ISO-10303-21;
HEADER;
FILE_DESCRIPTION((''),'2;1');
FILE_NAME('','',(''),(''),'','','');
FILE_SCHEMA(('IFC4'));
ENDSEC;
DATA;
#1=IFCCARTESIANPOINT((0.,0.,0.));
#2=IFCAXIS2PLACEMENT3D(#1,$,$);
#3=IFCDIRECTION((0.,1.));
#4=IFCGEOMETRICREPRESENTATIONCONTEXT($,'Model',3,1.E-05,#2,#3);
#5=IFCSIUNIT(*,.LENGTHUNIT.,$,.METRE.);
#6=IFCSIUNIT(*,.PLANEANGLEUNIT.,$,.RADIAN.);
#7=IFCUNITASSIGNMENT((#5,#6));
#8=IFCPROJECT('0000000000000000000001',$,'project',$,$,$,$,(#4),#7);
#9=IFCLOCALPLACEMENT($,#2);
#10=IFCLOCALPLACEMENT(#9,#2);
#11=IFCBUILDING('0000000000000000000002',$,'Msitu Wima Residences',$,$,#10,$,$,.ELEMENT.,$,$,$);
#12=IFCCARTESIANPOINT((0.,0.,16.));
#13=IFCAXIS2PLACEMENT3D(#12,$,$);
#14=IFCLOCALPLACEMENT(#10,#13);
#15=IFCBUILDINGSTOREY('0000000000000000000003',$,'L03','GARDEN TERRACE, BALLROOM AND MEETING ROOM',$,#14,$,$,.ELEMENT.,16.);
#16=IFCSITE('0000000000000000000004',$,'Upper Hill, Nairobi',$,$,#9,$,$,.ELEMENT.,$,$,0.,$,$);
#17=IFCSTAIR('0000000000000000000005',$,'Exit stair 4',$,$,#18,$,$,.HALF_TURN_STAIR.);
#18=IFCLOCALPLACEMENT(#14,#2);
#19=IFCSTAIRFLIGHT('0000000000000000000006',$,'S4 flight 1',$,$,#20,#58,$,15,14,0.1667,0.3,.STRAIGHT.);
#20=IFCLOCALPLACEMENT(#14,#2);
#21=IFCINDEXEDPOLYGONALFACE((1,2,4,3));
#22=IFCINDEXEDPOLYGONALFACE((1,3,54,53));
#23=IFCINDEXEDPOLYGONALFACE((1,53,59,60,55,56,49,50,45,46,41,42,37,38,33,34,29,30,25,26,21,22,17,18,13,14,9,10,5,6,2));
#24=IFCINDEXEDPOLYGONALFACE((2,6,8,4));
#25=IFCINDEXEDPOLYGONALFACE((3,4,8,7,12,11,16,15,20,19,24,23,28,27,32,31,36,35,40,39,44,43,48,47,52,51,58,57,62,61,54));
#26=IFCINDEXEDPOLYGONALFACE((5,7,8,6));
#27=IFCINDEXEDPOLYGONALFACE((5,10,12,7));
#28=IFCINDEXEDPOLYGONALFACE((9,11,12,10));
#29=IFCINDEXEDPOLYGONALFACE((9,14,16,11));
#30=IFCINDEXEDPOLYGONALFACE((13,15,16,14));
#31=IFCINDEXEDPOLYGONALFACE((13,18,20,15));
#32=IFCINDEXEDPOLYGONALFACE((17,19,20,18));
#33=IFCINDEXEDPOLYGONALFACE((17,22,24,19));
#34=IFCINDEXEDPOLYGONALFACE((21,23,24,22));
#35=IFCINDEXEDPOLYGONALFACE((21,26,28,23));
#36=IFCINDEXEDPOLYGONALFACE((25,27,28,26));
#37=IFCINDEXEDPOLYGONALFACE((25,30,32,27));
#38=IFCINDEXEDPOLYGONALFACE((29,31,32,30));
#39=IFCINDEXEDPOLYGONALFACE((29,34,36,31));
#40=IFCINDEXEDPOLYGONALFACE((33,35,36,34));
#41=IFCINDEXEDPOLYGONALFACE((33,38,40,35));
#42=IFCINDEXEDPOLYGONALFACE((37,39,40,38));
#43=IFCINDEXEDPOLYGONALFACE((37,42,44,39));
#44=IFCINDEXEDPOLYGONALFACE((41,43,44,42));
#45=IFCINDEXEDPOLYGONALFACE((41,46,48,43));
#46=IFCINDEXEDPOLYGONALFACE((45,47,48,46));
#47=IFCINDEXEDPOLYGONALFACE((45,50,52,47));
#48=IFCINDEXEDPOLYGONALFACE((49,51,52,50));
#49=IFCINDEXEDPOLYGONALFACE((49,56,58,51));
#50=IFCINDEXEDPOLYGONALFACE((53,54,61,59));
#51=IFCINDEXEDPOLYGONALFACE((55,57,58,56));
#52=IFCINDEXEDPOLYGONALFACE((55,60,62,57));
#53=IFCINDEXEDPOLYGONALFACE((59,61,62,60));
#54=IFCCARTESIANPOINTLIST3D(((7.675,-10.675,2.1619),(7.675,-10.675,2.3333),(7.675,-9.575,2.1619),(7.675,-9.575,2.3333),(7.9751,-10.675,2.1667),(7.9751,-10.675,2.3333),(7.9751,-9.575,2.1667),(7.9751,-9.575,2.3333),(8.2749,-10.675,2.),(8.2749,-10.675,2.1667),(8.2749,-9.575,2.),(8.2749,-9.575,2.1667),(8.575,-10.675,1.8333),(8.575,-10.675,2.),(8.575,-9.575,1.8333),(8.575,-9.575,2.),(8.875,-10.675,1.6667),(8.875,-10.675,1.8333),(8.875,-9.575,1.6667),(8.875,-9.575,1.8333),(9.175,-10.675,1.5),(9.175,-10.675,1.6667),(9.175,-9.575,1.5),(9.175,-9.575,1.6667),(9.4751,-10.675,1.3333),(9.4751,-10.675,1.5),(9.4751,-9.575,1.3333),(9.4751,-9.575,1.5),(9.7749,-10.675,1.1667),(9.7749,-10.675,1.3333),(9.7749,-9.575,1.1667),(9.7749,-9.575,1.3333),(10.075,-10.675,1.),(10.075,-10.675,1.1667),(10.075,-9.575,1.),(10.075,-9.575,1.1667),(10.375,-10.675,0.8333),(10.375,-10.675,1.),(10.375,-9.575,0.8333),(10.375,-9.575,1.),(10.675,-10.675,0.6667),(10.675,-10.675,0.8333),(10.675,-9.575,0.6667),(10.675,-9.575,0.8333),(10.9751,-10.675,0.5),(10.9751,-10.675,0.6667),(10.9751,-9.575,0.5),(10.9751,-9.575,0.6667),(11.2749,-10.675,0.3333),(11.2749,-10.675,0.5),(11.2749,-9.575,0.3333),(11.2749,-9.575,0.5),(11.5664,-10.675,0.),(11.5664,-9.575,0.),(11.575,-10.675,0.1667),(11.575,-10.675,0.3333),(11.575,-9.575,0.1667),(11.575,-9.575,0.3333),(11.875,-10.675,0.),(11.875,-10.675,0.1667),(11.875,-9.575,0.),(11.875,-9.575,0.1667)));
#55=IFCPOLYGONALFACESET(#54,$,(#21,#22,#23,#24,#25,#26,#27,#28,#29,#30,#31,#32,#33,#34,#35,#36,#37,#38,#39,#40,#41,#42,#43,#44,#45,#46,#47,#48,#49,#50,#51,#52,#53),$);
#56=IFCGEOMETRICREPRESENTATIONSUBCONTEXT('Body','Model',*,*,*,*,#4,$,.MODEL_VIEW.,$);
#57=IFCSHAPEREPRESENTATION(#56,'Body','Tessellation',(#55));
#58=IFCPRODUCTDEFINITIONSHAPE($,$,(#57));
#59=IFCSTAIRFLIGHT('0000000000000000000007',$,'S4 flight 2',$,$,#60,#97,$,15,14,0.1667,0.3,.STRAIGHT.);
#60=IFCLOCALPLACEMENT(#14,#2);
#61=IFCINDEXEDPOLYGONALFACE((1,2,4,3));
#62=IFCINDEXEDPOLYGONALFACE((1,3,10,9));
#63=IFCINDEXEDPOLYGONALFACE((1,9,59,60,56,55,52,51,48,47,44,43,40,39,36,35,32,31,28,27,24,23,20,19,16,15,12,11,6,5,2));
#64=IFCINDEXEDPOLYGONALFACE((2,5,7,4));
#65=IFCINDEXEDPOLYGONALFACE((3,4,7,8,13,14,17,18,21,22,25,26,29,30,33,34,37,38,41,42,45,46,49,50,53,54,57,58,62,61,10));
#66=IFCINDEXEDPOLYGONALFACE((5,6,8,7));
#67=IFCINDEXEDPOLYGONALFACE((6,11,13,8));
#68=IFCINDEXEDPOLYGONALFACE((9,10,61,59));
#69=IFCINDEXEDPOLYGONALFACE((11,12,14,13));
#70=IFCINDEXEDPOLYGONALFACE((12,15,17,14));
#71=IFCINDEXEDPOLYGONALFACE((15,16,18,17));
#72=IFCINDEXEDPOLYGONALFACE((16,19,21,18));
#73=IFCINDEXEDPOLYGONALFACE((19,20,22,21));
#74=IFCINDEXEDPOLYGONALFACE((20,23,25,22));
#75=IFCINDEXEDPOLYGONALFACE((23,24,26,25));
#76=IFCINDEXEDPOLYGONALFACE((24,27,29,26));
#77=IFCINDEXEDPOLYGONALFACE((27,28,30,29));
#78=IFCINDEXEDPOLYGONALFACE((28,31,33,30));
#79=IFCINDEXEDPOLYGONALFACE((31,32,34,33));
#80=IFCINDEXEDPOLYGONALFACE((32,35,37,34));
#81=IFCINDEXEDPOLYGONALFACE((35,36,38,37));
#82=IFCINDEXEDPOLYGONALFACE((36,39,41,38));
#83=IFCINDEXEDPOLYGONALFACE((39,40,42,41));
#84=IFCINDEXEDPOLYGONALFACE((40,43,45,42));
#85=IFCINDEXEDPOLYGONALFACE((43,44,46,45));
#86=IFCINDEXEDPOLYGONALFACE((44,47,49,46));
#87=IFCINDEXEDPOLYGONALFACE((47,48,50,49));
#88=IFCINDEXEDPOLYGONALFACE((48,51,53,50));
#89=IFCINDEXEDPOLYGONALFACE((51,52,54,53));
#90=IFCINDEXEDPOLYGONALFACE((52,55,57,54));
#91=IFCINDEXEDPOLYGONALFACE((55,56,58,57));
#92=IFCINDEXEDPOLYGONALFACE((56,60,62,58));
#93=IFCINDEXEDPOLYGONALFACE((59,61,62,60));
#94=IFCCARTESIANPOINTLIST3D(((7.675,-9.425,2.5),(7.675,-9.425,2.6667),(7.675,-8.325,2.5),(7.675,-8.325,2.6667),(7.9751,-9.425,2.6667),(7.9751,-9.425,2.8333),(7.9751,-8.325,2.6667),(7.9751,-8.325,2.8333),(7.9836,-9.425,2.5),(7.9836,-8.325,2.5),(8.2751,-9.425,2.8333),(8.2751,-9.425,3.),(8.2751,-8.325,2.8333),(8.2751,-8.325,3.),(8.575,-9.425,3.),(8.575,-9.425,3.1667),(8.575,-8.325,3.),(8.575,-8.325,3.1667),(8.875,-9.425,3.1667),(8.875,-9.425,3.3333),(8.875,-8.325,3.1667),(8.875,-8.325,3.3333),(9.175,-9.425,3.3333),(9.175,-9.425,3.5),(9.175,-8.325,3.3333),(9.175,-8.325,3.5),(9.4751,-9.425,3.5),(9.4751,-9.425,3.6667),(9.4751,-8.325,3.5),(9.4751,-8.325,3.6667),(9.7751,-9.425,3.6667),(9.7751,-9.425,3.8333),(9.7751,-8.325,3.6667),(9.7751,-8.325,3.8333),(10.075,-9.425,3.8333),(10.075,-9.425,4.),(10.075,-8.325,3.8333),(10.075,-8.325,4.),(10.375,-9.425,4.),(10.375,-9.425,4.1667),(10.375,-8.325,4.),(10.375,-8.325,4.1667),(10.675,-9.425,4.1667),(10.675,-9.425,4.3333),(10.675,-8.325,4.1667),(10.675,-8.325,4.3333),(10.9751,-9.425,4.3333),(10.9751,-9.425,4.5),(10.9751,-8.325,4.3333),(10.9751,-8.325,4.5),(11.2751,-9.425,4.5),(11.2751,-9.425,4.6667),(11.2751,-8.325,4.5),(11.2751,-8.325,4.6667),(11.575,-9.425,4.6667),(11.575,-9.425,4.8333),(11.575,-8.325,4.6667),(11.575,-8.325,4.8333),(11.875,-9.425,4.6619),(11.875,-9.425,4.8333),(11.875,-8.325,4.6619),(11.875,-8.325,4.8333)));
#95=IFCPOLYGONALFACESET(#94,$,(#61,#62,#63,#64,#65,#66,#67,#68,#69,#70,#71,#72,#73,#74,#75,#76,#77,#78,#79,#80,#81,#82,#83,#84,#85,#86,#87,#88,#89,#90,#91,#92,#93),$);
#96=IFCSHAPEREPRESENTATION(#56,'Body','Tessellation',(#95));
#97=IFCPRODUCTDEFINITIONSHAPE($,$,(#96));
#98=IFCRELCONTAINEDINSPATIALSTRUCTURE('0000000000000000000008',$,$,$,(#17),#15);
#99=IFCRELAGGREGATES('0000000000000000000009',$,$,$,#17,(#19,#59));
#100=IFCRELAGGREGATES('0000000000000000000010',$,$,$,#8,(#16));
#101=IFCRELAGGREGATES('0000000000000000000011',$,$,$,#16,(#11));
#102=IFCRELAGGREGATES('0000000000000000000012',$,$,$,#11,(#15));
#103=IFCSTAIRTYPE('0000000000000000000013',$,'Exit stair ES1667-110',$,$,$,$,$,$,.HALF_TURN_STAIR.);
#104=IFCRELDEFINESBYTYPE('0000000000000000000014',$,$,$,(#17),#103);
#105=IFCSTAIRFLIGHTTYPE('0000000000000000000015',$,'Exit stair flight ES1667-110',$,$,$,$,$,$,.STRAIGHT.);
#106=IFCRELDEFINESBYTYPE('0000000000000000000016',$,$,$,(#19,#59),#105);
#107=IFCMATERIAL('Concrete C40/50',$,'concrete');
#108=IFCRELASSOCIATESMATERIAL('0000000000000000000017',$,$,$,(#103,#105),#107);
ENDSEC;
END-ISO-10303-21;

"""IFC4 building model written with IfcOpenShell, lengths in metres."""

from ifc_helpers import new_model, si_unit, direction, frame, origin, place, context, subcontext, project, spatial, polyline, outline, extrude, material, type_object, element, aggregate, save


model = new_model("IFC4")

# Units and contexts
model_context = context("Model", 3, precision=1e-05, world=origin(), true_north=direction((0.0, 1.0)))
body_context = subcontext(model_context, "Body", "Model", "MODEL_VIEW")
ifc_project = project(units=[si_unit("LENGTHUNIT", "METRE"), si_unit("PLANEANGLEUNIT", "RADIAN")], contexts=[model_context])

# Site, building, storey
site_placement = place(None, origin())
site = spatial("IfcSite", under=ifc_project, at=site_placement, Name="Upper Hill, Nairobi", CompositionType="ELEMENT", RefElevation=0.0)
building_placement = place(site_placement, origin())
building = spatial("IfcBuilding", under=site, at=building_placement, Name="Msitu Wima Residences", CompositionType="ELEMENT")
storey_placement = place(building_placement, frame((0.0, 0.0, 16.0)))
storey = spatial("IfcBuildingStorey", under=building, at=storey_placement, Name="L03", Description="GARDEN TERRACE, BALLROOM AND MEETING ROOM", CompositionType="ELEMENT", Elevation=16.0)

# Shared definitions
ifc_material_1 = material(Name="Concrete C40/50", Category="concrete")

# Stair, stair flights
stair_type_1 = type_object("IfcStairType", Name="Exit stair ES1667-110", PredefinedType="HALF_TURN_STAIR", material=ifc_material_1)
stair_1_placement = place(storey_placement, origin())
stair_1 = element("IfcStair", 1, at=stair_1_placement, inside=storey, type_object=stair_type_1, Name="Exit stair 4", PredefinedType="HALF_TURN_STAIR")
stair_flight_type = type_object("IfcStairFlightType", Name="Exit stair flight ES1667-110", PredefinedType="STRAIGHT", material=ifc_material_1)
stair_flight_1_placement = place(storey_placement, frame((11.875, -10.125, 0.0), z_axis=(0.0, 0.0, 1.0), x_axis=(-1.0, 0.0, 0.0)))
stair_flight_1 = element("IfcStairFlight", 2, at=stair_flight_1_placement, type_object=stair_flight_type, Name="S4 flight 1", NumberOfRisers=15, NumberOfTreads=14, PredefinedType="STRAIGHT", RiserHeight=0.1667, TreadLength=0.3, context=body_context, shape_type="SweptSolid", body=[
    extrude(outline(polyline([(0.0, 0.0), (0.0, 0.1667), (0.3, 0.1667), (0.3, 0.3333), (0.6001, 0.3333), (0.6001, 0.5), (0.8999, 0.5), (0.8999, 0.6667), (1.2, 0.6667), (1.2, 0.8333), (1.5, 0.8333), (1.5, 1.0), (1.8, 1.0), (1.8, 1.1667), (2.1001, 1.1667), (2.1001, 1.3333), (2.3999, 1.3333), (2.3999, 1.5), (2.7, 1.5), (2.7, 1.6667), (3.0, 1.6667), (3.0, 1.8333), (3.3, 1.8333), (3.3, 2.0), (3.6001, 2.0), (3.6001, 2.1667), (3.8999, 2.1667), (3.8999, 2.3333), (4.2, 2.3333), (4.2, 2.5), (4.2, 2.1619), (0.3086, 0.0), (0.0, 0.0)])), frame((0.0, 0.55, 0.0), z_axis=(0.0, -1.0, 0.0), x_axis=(1.0, 0.0, 0.0)), (0.0, 0.0, 1.0), 1.1001),
])
stair_flight_2_placement = place(storey_placement, frame((7.675, -8.875, 2.5), z_axis=(0.0, 0.0, 1.0), x_axis=(1.0, 0.0, 0.0)))
stair_flight_2 = element("IfcStairFlight", 3, at=stair_flight_2_placement, type_object=stair_flight_type, Name="S4 flight 2", NumberOfRisers=15, NumberOfTreads=14, PredefinedType="STRAIGHT", RiserHeight=0.1667, TreadLength=0.3, context=body_context, shape_type="SweptSolid", body=[
    extrude(outline(polyline([(0.0, 0.0), (0.0, 0.1667), (0.3, 0.1667), (0.3, 0.3333), (0.6001, 0.3333), (0.6001, 0.5), (0.8999, 0.5), (0.8999, 0.6667), (1.2, 0.6667), (1.2, 0.8333), (1.5, 0.8333), (1.5, 1.0), (1.8, 1.0), (1.8, 1.1667), (2.1001, 1.1667), (2.1001, 1.3333), (2.3999, 1.3333), (2.3999, 1.5), (2.7, 1.5), (2.7, 1.6667), (3.0, 1.6667), (3.0, 1.8333), (3.3, 1.8333), (3.3, 2.0), (3.6001, 2.0), (3.6001, 2.1667), (3.8999, 2.1667), (3.8999, 2.3333), (4.2, 2.3333), (4.2, 2.5), (4.2, 2.1619), (0.3086, 0.0), (0.0, 0.0)])), frame((0.0, 0.55, 0.0), z_axis=(0.0, -1.0, 0.0), x_axis=(1.0, 0.0, 0.0)), (0.0, 0.0, 1.0), 1.1001),
])
aggregate(stair_1, [stair_flight_1, stair_flight_2])

save(model, "model.ifc")
